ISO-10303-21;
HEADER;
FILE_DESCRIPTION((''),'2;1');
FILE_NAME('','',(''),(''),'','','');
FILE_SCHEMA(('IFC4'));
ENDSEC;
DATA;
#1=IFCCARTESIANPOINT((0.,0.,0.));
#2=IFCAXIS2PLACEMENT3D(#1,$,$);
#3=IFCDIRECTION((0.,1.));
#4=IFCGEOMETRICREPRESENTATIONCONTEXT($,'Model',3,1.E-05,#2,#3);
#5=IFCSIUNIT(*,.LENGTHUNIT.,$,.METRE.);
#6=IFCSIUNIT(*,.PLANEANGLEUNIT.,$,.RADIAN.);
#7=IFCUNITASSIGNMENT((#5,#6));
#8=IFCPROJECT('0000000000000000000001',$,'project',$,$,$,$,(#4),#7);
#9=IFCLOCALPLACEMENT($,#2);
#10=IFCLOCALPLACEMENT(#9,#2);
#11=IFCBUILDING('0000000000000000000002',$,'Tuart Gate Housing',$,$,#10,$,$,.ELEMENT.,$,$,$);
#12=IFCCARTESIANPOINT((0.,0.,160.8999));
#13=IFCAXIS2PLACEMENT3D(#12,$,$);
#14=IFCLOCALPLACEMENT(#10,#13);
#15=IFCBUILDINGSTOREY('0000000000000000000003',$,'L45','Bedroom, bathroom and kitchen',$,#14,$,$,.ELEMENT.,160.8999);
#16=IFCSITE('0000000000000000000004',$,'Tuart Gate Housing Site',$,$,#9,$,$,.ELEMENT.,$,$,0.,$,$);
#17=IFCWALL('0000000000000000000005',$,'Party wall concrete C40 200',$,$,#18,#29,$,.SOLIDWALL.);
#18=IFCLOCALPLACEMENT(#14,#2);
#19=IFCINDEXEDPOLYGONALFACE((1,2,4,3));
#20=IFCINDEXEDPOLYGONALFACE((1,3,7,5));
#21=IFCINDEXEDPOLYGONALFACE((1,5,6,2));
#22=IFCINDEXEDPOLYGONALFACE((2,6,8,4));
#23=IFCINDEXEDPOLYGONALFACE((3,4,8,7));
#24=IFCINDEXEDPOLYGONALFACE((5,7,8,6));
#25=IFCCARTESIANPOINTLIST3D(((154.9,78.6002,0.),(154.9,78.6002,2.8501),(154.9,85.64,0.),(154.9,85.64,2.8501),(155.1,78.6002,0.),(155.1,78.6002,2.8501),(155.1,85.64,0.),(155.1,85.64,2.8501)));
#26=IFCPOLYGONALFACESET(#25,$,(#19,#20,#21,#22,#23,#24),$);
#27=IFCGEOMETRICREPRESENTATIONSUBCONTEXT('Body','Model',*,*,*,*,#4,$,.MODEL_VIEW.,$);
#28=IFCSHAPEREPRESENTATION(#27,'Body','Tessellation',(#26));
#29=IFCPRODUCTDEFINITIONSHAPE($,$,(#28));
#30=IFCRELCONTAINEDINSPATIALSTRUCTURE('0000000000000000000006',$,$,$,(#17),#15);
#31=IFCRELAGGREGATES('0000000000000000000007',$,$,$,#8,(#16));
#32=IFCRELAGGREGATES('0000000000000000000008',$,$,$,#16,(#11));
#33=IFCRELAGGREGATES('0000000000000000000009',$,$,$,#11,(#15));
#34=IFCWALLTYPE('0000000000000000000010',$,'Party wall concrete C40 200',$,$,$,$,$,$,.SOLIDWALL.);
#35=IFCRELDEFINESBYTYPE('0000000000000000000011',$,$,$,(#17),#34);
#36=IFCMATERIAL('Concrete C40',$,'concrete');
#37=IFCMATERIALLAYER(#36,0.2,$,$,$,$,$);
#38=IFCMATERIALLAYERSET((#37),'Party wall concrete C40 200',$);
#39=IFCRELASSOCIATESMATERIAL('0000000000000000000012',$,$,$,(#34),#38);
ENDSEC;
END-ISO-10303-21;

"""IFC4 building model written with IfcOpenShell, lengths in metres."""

from ifc_helpers import new_model, si_unit, direction, frame, frame_2d, origin, place, context, subcontext, project, spatial, rectangle, extrude, material, layer, layer_set, type_object, element, save


model = new_model("IFC4")

# Units and contexts
model_context = context("Model", 3, precision=1e-05, world=origin(), true_north=direction((0.0, 1.0)))
body_context = subcontext(model_context, "Body", "Model", "MODEL_VIEW")
ifc_project = project(units=[si_unit("LENGTHUNIT", "METRE"), si_unit("PLANEANGLEUNIT", "RADIAN")], contexts=[model_context])

# Site, building, storey
site_placement = place(None, origin())
site = spatial("IfcSite", under=ifc_project, at=site_placement, Name="Tuart Gate Housing Site", CompositionType="ELEMENT", RefElevation=0.0)
building_placement = place(site_placement, origin())
building = spatial("IfcBuilding", under=site, at=building_placement, Name="Tuart Gate Housing", CompositionType="ELEMENT")
storey_placement = place(building_placement, frame((0.0, 0.0, 160.8999)))
storey = spatial("IfcBuildingStorey", under=building, at=storey_placement, Name="L45", Description="Bedroom, bathroom and kitchen", CompositionType="ELEMENT", Elevation=160.8999)

# Wall
ifc_material_1 = material(Name="Concrete C40", Category="concrete")
ifc_layer_1 = layer(ifc_material_1, 0.2)
ifc_layer_set_1 = layer_set([ifc_layer_1], Name="Party wall concrete C40 200")
wall_type_1 = type_object("IfcWallType", Name="Party wall concrete C40 200", PredefinedType="SOLIDWALL", material=ifc_layer_set_1)
wall_1_placement = place(storey_placement, frame((155.0, 78.6001, 0.0), z_axis=(0.0, 0.0, 1.0), x_axis=(0.0, 1.0, 0.0)))
element("IfcWall", 1, at=wall_1_placement, inside=storey, type_object=wall_type_1, Name="Party wall concrete C40 200", PredefinedType="SOLIDWALL", context=body_context, shape_type="SweptSolid", body=[
    extrude(rectangle(XDim=7.0398, YDim=0.2, at=frame_2d((3.52, 0.0))), origin(), (0.0, 0.0, 1.0), 2.8501),
])

save(model, "model.ifc")
